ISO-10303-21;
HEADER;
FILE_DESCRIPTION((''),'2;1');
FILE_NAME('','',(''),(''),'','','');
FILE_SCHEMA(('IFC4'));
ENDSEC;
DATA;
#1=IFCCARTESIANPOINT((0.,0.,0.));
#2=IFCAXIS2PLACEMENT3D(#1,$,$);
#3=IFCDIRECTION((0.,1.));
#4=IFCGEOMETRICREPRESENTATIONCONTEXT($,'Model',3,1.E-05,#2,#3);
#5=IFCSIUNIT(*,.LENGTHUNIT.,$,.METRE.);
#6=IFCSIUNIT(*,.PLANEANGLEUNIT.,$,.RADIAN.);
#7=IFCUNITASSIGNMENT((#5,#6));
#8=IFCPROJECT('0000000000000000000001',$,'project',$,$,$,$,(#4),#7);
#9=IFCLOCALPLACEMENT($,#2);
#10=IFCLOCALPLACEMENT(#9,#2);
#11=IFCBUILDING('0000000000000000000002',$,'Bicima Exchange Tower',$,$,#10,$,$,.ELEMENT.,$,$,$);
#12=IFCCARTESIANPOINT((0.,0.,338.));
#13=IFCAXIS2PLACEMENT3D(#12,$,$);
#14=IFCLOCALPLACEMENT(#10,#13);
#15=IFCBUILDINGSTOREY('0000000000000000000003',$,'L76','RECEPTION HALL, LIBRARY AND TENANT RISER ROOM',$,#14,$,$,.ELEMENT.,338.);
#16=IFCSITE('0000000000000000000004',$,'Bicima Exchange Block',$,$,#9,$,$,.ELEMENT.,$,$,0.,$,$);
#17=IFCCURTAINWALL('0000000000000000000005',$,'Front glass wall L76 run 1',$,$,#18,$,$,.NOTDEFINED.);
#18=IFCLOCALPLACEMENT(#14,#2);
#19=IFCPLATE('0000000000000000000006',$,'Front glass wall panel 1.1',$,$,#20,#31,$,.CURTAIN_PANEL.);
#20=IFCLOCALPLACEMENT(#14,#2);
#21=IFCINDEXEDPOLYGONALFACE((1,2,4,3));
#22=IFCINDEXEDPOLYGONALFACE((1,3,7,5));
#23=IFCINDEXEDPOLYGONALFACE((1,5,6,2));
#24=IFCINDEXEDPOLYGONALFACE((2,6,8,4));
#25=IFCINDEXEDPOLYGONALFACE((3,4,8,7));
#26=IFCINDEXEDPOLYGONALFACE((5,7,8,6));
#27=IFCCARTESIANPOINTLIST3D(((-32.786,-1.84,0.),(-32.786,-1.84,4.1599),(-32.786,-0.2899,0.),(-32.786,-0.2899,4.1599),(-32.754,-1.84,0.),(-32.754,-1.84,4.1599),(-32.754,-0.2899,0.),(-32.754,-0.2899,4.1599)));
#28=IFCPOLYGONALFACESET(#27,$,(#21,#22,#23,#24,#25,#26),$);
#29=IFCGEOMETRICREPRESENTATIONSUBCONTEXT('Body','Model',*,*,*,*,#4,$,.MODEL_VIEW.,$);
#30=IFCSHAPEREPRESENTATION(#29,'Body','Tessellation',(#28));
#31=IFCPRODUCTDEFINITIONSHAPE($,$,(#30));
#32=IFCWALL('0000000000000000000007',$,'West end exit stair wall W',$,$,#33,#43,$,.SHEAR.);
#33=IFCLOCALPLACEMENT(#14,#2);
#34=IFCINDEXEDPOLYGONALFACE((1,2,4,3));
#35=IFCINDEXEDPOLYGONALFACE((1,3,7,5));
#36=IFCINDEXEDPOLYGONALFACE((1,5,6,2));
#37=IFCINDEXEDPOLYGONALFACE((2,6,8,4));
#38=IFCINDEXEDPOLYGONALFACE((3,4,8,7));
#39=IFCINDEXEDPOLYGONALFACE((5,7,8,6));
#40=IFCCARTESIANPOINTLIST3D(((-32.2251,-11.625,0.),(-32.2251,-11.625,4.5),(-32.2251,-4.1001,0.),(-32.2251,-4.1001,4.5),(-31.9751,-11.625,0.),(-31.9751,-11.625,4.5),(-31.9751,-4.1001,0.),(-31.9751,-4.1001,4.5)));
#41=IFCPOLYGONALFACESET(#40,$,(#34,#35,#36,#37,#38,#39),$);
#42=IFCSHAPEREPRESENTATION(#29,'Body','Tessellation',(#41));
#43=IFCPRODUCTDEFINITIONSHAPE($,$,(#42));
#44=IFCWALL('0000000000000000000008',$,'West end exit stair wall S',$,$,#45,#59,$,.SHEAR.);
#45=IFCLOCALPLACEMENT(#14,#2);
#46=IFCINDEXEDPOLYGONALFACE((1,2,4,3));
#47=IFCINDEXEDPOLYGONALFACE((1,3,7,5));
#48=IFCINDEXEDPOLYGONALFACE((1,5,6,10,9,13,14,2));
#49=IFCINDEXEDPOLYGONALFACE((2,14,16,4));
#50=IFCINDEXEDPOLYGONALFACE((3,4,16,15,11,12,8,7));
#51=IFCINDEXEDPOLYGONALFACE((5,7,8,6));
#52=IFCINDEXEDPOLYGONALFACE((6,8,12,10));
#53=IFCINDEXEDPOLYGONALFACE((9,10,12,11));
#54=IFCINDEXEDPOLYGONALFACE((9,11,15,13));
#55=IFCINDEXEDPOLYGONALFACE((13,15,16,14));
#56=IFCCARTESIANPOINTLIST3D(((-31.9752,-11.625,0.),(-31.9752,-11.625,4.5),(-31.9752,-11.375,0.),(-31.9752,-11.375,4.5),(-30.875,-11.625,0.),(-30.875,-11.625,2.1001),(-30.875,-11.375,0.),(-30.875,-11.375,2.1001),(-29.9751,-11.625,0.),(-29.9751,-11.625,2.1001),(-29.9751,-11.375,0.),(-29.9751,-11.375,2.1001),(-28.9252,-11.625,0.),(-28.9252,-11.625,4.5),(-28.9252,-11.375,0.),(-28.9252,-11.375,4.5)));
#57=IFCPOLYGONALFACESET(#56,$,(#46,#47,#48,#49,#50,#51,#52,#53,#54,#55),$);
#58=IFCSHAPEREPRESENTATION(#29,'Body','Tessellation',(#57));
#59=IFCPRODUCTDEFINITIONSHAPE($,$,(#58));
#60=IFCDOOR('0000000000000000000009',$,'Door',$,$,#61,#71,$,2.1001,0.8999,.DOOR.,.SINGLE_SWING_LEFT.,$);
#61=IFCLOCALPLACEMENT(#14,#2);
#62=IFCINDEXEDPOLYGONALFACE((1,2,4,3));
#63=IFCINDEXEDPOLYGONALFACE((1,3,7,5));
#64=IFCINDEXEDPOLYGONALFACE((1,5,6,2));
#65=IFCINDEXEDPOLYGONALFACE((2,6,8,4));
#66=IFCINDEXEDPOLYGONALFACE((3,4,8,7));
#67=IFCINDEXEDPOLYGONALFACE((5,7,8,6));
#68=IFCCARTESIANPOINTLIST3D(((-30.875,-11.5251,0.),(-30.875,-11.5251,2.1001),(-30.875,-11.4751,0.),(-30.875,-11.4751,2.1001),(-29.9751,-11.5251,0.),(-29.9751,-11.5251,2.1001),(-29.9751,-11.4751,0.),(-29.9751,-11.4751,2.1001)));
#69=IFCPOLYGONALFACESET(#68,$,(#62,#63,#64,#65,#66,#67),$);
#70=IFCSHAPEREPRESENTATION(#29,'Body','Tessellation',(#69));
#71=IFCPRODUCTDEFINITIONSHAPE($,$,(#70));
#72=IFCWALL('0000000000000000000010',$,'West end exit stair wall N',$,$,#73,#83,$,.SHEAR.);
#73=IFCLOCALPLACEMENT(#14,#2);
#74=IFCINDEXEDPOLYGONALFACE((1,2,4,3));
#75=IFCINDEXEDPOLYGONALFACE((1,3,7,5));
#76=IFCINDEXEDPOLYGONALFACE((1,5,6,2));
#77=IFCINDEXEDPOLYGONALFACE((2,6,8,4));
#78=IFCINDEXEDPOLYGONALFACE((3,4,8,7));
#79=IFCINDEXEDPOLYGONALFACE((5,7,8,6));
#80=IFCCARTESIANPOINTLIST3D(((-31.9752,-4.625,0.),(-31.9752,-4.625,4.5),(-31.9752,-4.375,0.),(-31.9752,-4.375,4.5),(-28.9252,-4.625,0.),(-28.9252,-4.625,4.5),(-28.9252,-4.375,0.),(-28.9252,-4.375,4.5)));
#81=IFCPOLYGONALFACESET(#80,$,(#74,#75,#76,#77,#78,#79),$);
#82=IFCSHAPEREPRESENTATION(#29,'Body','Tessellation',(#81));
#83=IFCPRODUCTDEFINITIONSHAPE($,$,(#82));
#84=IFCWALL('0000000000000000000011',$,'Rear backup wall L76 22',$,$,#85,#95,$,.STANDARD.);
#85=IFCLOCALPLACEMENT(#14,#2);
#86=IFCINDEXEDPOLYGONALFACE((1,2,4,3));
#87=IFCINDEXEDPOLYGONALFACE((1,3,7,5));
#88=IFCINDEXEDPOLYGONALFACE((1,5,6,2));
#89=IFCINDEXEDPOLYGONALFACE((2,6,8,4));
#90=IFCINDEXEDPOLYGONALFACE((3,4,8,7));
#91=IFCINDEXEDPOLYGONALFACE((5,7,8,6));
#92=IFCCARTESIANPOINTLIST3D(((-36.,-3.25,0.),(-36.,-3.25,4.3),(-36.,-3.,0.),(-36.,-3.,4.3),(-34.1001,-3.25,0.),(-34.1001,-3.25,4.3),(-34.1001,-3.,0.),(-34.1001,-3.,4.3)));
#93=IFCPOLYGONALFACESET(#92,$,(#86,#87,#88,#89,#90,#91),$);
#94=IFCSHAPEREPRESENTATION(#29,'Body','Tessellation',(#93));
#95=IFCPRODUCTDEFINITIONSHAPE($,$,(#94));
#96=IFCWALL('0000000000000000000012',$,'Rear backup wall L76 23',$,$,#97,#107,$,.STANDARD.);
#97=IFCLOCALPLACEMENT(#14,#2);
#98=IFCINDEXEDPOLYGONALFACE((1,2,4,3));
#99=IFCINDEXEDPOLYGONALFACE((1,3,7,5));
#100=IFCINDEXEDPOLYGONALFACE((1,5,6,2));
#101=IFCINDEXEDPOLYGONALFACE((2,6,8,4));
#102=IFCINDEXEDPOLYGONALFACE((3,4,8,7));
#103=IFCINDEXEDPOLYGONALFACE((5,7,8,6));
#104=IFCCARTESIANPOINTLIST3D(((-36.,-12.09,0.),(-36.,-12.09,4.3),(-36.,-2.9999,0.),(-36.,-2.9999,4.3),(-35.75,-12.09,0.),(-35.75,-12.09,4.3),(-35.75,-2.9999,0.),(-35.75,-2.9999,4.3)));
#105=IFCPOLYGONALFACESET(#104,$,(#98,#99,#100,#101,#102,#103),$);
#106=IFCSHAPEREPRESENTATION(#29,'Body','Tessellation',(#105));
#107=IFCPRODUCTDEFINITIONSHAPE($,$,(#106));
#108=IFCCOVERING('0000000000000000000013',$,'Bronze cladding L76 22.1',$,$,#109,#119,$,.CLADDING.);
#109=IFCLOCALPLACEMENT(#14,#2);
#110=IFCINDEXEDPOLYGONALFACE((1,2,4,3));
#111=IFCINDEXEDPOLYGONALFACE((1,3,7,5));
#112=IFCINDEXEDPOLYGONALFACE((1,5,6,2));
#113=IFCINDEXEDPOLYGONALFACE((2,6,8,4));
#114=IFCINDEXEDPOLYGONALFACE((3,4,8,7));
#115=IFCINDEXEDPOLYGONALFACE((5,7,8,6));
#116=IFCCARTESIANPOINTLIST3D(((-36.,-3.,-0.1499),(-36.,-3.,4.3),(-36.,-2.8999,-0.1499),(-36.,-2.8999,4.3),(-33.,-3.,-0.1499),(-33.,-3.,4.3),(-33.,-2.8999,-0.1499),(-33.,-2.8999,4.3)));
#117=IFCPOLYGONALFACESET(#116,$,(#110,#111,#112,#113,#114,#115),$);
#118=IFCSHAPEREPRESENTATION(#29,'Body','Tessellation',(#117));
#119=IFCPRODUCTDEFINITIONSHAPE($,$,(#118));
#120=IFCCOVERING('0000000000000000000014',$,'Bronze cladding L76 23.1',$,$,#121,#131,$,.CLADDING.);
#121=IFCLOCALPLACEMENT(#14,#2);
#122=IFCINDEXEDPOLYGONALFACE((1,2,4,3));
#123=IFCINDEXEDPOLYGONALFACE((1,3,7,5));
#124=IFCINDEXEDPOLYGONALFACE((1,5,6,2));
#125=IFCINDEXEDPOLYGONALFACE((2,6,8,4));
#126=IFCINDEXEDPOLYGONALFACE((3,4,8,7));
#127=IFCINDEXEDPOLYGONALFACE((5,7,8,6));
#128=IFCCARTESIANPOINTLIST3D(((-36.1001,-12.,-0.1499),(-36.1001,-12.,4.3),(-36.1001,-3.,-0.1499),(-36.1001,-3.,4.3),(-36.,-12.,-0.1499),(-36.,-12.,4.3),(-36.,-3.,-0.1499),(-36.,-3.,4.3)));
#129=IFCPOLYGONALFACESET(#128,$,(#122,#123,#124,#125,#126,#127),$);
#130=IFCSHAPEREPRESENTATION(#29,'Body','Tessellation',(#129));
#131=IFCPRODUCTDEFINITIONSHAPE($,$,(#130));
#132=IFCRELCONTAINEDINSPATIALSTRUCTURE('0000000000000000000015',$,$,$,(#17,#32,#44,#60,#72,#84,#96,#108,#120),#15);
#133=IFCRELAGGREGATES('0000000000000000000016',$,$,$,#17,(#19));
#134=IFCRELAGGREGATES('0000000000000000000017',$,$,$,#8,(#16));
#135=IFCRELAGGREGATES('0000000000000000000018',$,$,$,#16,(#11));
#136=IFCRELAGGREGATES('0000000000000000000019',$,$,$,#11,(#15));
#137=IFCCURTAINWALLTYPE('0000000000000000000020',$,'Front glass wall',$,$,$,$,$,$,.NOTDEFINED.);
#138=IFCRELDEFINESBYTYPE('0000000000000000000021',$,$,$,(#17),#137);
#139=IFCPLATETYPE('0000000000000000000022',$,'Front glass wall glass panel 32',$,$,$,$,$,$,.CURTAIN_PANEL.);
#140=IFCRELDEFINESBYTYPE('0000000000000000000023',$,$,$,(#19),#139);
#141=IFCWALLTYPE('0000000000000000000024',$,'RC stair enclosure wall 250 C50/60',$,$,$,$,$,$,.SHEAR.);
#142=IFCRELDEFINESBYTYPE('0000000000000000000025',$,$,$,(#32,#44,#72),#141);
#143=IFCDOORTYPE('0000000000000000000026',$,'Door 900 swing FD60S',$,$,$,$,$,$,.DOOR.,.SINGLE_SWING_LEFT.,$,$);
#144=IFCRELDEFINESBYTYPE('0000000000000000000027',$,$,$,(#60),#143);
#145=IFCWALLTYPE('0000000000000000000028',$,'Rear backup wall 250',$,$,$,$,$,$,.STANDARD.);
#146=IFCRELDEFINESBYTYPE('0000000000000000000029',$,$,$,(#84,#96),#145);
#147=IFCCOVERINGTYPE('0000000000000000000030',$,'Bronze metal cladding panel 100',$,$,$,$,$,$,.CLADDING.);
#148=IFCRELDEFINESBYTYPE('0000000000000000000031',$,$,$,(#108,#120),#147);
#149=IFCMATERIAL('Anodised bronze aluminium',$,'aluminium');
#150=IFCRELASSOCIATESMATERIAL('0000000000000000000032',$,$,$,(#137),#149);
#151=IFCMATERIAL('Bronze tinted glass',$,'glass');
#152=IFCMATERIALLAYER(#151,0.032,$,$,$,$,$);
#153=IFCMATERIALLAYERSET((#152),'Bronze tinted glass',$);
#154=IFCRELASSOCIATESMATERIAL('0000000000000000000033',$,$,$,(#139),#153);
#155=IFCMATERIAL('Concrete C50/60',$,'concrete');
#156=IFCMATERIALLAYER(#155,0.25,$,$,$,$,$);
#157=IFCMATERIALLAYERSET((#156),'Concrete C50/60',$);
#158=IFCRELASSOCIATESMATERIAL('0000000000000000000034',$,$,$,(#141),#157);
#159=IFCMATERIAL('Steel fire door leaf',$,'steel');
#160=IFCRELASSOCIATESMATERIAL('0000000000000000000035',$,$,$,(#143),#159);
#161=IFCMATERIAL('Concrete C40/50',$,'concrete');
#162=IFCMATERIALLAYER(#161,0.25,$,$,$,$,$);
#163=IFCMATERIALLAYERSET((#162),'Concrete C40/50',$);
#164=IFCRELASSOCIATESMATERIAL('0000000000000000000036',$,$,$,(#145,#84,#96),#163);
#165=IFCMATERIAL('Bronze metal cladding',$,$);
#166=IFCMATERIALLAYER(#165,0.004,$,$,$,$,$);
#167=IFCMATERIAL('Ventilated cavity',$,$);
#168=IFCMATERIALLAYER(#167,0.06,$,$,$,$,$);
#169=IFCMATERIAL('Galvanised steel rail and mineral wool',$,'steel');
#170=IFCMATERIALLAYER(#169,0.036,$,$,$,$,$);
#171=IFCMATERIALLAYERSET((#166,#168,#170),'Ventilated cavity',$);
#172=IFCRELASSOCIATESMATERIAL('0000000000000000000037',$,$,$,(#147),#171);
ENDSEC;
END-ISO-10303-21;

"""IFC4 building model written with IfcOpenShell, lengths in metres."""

from ifc_helpers import new_model, si_unit, direction, frame, frame_2d, origin, origin_2d, place, context, subcontext, project, spatial, rectangle, extrude, material, layer, layer_set, layer_usage, type_object, element, fill, aggregate, save


model = new_model("IFC4")

# Units and contexts
model_context = context("Model", 3, precision=1e-05, world=origin(), true_north=direction((0.0, 1.0)))
body_context = subcontext(model_context, "Body", "Model", "MODEL_VIEW")
ifc_project = project(units=[si_unit("LENGTHUNIT", "METRE"), si_unit("PLANEANGLEUNIT", "RADIAN")], contexts=[model_context])

# Site, building, storey
site_placement = place(None, origin())
site = spatial("IfcSite", under=ifc_project, at=site_placement, Name="Bicima Exchange Block", CompositionType="ELEMENT", RefElevation=0.0)
building_placement = place(site_placement, origin())
building = spatial("IfcBuilding", under=site, at=building_placement, Name="Bicima Exchange Tower", CompositionType="ELEMENT")
storey_placement = place(building_placement, frame((0.0, 0.0, 338.0)))
storey = spatial("IfcBuildingStorey", under=building, at=storey_placement, Name="L76", Description="RECEPTION HALL, LIBRARY AND TENANT RISER ROOM", CompositionType="ELEMENT", Elevation=338.0)

# Shared definitions
ifc_material_1 = material(Name="Anodised bronze aluminium", Category="aluminium")

# Curtain wall
curtain_wall_type_1 = type_object("IfcCurtainWallType", Name="Front glass wall", PredefinedType="NOTDEFINED", material=ifc_material_1)
curtain_wall_1_placement = place(storey_placement, origin())
curtain_wall_1 = element("IfcCurtainWall", 1, at=curtain_wall_1_placement, inside=storey, type_object=curtain_wall_type_1, Name="Front glass wall L76 run 1", PredefinedType="NOTDEFINED")

# Plate
ifc_material_2 = material(Name="Bronze tinted glass", Category="glass")
ifc_layer_1 = layer(ifc_material_2, 0.032)
ifc_layer_set_1 = layer_set([ifc_layer_1], Name="Bronze tinted glass")
plate_type = type_object("IfcPlateType", Name="Front glass wall glass panel 32", PredefinedType="CURTAIN_PANEL", material=ifc_layer_set_1)
plate_placement = place(storey_placement, frame((-32.77, -1.0649, 0.0), z_axis=(0.0, 0.0, 1.0), x_axis=(0.0, -1.0, 0.0)))
plate = element("IfcPlate", 2, at=plate_placement, type_object=plate_type, Name="Front glass wall panel 1.1", PredefinedType="CURTAIN_PANEL", context=body_context, shape_type="SweptSolid", body=[
    extrude(rectangle(XDim=1.55, YDim=0.032, at=origin_2d()), origin(), (0.0, 0.0, 1.0), 4.1599),
])
aggregate(curtain_wall_1, [plate])

# Wall
ifc_material_3 = material(Name="Concrete C50/60", Category="concrete")
ifc_layer_2 = layer(ifc_material_3, 0.25)
ifc_layer_set_2 = layer_set([ifc_layer_2], Name="Concrete C50/60")
wall_type_1 = type_object("IfcWallType", Name="RC stair enclosure wall 250 C50/60", PredefinedType="SHEAR", material=ifc_layer_set_2)
wall_1_placement = place(storey_placement, frame((-32.1001, -11.625, 0.0), z_axis=(0.0, 0.0, 1.0), x_axis=(0.0, 1.0, 0.0)))
element("IfcWall", 3, at=wall_1_placement, inside=storey, type_object=wall_type_1, Name="West end exit stair wall W", PredefinedType="SHEAR", context=body_context, shape_type="SweptSolid", body=[
    extrude(rectangle(XDim=7.5249, YDim=0.25, at=frame_2d((3.7625, 0.0))), origin(), (0.0, 0.0, 1.0), 4.5),
])

# Wall, opening, door
wall_2_placement = place(storey_placement, frame((-31.9751, -11.5, 0.0), z_axis=(0.0, 0.0, 1.0), x_axis=(1.0, 0.0, 0.0)))
wall_2 = element("IfcWall", 4, at=wall_2_placement, inside=storey, type_object=wall_type_1, Name="West end exit stair wall S", PredefinedType="SHEAR", context=body_context, shape_type="SweptSolid", body=[
    extrude(rectangle(XDim=3.05, YDim=0.25, at=frame_2d((1.5249, 0.0))), origin(), (0.0, 0.0, 1.0), 4.5),
])
opening_placement = place(wall_2_placement, frame((1.1001, 0.0, 0.0)))
opening = element("IfcOpeningElement", 5, at=opening_placement, cuts=wall_2, PredefinedType="OPENING", context=body_context, shape_type="SweptSolid", body=[
    extrude(rectangle(XDim=0.8999, YDim=2.1001, at=frame_2d((0.45, 1.05))), frame((0.0, 0.137, 0.0), z_axis=(0.0, -1.0, 0.0), x_axis=(1.0, 0.0, 0.0)), (0.0, 0.0, 1.0), 0.2739),
])
ifc_material_4 = material(Name="Steel fire door leaf", Category="steel")
door_type = type_object("IfcDoorType", Name="Door 900 swing FD60S", OperationType="SINGLE_SWING_LEFT", PredefinedType="DOOR", material=ifc_material_4)
door_placement = place(opening_placement, origin())
door = element("IfcDoor", 6, at=door_placement, inside=storey, type_object=door_type, Name="Door", OperationType="SINGLE_SWING_LEFT", OverallHeight=2.1001, OverallWidth=0.8999, PredefinedType="DOOR", context=body_context, shape_type="SweptSolid", body=[
    extrude(rectangle(XDim=0.8999, YDim=2.1001, at=frame_2d((0.45, 1.05))), frame((0.0, 0.0249, 0.0), z_axis=(0.0, -1.0, 0.0), x_axis=(1.0, 0.0, 0.0)), (0.0, 0.0, 1.0), 0.05),
])
fill(opening, door)

# Walls
wall_3_placement = place(storey_placement, frame((-31.9751, -4.5, 0.0), z_axis=(0.0, 0.0, 1.0), x_axis=(1.0, 0.0, 0.0)))
element("IfcWall", 7, at=wall_3_placement, inside=storey, type_object=wall_type_1, Name="West end exit stair wall N", PredefinedType="SHEAR", context=body_context, shape_type="SweptSolid", body=[
    extrude(rectangle(XDim=3.05, YDim=0.25, at=frame_2d((1.5249, 0.0))), origin(), (0.0, 0.0, 1.0), 4.5),
])
ifc_material_5 = material(Name="Concrete C40/50", Category="concrete")
ifc_layer_3 = layer(ifc_material_5, 0.25)
ifc_layer_set_3 = layer_set([ifc_layer_3], Name="Concrete C40/50")
ifc_layer_usage = layer_usage(ifc_layer_set_3, "AXIS2", "POSITIVE", -0.125)
wall_type_2 = type_object("IfcWallType", Name="Rear backup wall 250", PredefinedType="STANDARD", material=ifc_layer_set_3)
wall_4_placement = place(storey_placement, frame((-34.1001, -3.125, 0.0), z_axis=(0.0, 0.0, 1.0), x_axis=(-1.0, 0.0, 0.0)))
element("IfcWall", 8, at=wall_4_placement, inside=storey, type_object=wall_type_2, material=ifc_layer_usage, Name="Rear backup wall L76 22", PredefinedType="STANDARD", context=body_context, shape_type="SweptSolid", body=[
    extrude(rectangle(XDim=1.8999, YDim=0.25, at=frame_2d((0.95, 0.0))), origin(), (0.0, 0.0, 1.0), 4.3),
])
wall_5_placement = place(storey_placement, frame((-35.875, -3.0, 0.0), z_axis=(0.0, 0.0, 1.0), x_axis=(0.0, -1.0, 0.0)))
element("IfcWall", 9, at=wall_5_placement, inside=storey, type_object=wall_type_2, material=ifc_layer_usage, Name="Rear backup wall L76 23", PredefinedType="STANDARD", context=body_context, shape_type="SweptSolid", body=[
    extrude(rectangle(XDim=9.0901, YDim=0.25, at=frame_2d((4.5449, 0.0))), origin(), (0.0, 0.0, 1.0), 4.3),
])

# Coverings
ifc_material_6 = material(Name="Bronze metal cladding")
ifc_layer_4 = layer(ifc_material_6, 0.004)
ifc_material_7 = material(Name="Ventilated cavity")
ifc_layer_5 = layer(ifc_material_7, 0.06)
ifc_material_8 = material(Name="Galvanised steel rail and mineral wool", Category="steel")
ifc_layer_6 = layer(ifc_material_8, 0.036)
ifc_layer_set_4 = layer_set([ifc_layer_4, ifc_layer_5, ifc_layer_6], Name="Ventilated cavity")
covering_type = type_object("IfcCoveringType", Name="Bronze metal cladding panel 100", PredefinedType="CLADDING", material=ifc_layer_set_4)
covering_1_placement = place(storey_placement, frame((-34.5, -2.95, -0.1499), z_axis=(0.0, 0.0, 1.0), x_axis=(-1.0, 0.0, 0.0)))
element("IfcCovering", 10, at=covering_1_placement, inside=storey, type_object=covering_type, Name="Bronze cladding L76 22.1", PredefinedType="CLADDING", context=body_context, shape_type="SweptSolid", body=[
    extrude(rectangle(XDim=3.0, YDim=0.1001, at=origin_2d()), origin(), (0.0, 0.0, 1.0), 4.45),
])
covering_2_placement = place(storey_placement, frame((-36.05, -7.5, -0.1499), z_axis=(0.0, 0.0, 1.0), x_axis=(0.0, -1.0, 0.0)))
element("IfcCovering", 11, at=covering_2_placement, inside=storey, type_object=covering_type, Name="Bronze cladding L76 23.1", PredefinedType="CLADDING", context=body_context, shape_type="SweptSolid", body=[
    extrude(rectangle(XDim=9.0, YDim=0.1001, at=origin_2d()), origin(), (0.0, 0.0, 1.0), 4.45),
])

save(model, "model.ifc")
